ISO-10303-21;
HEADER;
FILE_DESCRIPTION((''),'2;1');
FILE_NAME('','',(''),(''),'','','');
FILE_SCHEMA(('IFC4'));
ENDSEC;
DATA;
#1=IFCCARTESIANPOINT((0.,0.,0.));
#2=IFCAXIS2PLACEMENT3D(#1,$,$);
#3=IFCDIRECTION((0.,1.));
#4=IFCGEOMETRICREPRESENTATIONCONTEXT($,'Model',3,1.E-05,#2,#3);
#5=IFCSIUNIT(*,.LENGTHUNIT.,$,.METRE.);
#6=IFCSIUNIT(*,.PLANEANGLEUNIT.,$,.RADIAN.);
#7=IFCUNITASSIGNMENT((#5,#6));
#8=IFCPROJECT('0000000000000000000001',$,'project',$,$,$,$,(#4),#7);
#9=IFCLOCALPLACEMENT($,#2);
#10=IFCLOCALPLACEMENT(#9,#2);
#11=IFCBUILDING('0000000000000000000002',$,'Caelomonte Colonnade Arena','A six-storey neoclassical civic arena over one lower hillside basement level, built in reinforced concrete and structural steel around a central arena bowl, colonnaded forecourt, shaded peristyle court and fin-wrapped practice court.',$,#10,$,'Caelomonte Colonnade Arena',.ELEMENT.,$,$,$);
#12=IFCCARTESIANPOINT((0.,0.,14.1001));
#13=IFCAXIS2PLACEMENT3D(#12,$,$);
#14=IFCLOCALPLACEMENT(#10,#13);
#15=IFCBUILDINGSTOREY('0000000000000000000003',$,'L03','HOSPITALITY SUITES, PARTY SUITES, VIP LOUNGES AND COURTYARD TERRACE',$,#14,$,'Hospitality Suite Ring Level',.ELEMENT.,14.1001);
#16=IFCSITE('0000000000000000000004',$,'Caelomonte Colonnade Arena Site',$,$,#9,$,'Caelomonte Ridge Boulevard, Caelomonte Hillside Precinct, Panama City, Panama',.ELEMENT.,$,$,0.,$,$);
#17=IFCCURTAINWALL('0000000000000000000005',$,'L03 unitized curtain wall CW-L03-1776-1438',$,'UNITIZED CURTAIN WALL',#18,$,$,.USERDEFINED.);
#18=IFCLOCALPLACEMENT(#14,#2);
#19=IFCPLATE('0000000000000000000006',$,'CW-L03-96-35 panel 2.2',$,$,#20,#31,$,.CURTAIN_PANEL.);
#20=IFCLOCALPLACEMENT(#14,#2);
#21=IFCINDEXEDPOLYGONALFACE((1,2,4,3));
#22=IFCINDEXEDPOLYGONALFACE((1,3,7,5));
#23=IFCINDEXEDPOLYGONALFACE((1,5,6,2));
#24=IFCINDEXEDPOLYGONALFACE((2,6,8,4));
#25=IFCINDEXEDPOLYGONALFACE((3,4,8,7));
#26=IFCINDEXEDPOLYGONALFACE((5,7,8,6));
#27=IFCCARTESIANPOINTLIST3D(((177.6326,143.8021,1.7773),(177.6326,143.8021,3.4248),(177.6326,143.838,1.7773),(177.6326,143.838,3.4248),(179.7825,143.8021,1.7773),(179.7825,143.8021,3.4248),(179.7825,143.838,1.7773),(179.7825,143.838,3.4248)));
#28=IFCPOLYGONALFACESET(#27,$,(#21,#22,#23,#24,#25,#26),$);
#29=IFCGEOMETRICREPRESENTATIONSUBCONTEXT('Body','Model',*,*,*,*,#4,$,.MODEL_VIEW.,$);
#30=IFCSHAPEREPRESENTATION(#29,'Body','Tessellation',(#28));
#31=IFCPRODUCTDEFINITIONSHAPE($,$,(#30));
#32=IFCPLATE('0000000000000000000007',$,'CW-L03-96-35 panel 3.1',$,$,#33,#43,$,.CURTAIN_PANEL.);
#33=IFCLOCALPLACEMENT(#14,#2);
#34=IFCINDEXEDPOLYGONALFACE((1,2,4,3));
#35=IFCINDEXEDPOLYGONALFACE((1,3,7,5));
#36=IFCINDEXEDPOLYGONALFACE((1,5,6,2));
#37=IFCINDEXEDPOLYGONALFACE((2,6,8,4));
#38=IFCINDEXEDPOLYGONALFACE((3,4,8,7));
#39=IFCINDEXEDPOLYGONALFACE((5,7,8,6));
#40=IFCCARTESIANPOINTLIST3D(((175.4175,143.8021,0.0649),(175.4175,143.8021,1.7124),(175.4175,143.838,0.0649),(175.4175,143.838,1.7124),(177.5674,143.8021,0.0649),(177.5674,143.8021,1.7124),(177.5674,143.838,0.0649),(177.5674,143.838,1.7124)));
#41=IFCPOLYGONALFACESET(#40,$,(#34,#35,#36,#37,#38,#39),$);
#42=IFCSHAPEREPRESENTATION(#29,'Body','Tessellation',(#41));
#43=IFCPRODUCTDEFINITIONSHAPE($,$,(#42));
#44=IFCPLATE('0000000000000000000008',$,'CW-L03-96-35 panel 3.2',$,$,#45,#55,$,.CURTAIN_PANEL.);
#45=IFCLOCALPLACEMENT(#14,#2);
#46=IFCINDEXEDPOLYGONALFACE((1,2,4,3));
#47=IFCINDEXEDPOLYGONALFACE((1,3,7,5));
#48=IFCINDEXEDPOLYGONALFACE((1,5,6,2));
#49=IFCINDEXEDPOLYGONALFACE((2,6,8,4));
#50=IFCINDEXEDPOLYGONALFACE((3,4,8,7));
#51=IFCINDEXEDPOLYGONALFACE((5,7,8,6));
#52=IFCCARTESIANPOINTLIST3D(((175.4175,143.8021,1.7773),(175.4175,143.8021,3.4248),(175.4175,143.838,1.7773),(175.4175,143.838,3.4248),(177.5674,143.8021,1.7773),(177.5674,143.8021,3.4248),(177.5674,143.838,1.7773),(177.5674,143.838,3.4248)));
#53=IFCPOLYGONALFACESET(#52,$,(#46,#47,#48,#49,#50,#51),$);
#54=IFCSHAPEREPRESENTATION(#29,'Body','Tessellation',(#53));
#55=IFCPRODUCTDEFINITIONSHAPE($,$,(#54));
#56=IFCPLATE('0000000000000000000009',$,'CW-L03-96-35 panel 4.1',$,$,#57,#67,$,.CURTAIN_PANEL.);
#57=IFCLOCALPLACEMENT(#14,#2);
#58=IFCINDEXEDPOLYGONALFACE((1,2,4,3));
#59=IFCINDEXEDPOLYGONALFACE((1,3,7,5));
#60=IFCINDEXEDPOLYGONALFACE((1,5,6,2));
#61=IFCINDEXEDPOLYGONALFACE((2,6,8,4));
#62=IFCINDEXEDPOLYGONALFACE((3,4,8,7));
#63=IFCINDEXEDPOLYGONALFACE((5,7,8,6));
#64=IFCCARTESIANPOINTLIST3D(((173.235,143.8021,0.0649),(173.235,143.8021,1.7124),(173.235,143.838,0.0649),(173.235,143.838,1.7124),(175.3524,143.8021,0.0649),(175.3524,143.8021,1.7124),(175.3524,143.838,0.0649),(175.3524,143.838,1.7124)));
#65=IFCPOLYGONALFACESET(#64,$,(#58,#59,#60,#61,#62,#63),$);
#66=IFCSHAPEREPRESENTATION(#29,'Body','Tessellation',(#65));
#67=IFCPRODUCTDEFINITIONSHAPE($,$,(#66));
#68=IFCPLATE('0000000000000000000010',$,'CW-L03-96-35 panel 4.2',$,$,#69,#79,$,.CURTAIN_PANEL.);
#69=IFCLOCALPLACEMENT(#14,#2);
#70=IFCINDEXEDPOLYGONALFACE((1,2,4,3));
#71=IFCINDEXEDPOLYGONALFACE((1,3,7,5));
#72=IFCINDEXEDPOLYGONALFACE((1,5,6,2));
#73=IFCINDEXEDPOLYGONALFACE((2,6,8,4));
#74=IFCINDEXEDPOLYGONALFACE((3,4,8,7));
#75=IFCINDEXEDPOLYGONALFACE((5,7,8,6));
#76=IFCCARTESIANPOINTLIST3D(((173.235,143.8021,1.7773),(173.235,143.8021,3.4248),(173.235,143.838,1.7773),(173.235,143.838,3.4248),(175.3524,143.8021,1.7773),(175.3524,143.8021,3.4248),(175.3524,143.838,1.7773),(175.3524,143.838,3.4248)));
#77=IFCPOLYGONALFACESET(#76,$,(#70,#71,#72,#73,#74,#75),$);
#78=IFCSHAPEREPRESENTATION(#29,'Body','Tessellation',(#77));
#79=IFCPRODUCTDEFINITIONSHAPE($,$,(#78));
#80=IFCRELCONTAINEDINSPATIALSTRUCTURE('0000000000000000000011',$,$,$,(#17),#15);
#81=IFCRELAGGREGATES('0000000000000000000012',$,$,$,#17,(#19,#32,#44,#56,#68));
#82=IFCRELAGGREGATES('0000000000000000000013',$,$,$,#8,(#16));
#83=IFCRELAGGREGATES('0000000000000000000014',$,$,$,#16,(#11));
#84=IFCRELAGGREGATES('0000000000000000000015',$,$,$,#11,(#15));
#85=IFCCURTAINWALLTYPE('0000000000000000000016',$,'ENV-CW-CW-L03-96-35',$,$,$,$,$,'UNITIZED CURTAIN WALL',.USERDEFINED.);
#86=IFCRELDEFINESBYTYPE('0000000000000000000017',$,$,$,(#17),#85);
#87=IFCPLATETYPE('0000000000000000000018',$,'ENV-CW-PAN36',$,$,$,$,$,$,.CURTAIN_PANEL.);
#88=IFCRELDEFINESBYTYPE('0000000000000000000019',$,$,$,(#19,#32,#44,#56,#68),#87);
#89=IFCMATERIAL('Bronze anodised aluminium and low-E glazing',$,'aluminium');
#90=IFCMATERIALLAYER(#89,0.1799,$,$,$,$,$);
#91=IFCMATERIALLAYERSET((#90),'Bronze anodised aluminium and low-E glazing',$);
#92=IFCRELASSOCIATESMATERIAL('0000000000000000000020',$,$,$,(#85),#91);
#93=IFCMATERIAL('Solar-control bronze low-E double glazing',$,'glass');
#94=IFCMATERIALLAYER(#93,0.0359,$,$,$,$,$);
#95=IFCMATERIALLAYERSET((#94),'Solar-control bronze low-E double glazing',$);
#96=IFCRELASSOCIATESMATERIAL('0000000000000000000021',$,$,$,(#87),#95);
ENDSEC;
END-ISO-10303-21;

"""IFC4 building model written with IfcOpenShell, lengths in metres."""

from ifc_helpers import new_model, si_unit, direction, frame, origin, origin_2d, place, context, subcontext, project, spatial, rectangle, extrude, material, layer, layer_set, type_object, element, aggregate, save


model = new_model("IFC4")

# Units and contexts
model_context = context("Model", 3, precision=1e-05, world=origin(), true_north=direction((0.0, 1.0)))
body_context = subcontext(model_context, "Body", "Model", "MODEL_VIEW")
ifc_project = project(units=[si_unit("LENGTHUNIT", "METRE"), si_unit("PLANEANGLEUNIT", "RADIAN")], contexts=[model_context])

# Site, building, storey
site_placement = place(None, origin())
site = spatial("IfcSite", under=ifc_project, at=site_placement, Name="Caelomonte Colonnade Arena Site", LongName="Caelomonte Ridge Boulevard, Caelomonte Hillside Precinct, Panama City, Panama", CompositionType="ELEMENT", RefElevation=0.0)
building_placement = place(site_placement, origin())
building = spatial("IfcBuilding", under=site, at=building_placement, Name="Caelomonte Colonnade Arena", Description="A six-storey neoclassical civic arena over one lower hillside basement level, built in reinforced concrete and structural steel around a central arena bowl, colonnaded forecourt, shaded peristyle court and fin-wrapped practice court.", LongName="Caelomonte Colonnade Arena", CompositionType="ELEMENT")
storey_placement = place(building_placement, frame((0.0, 0.0, 14.1001)))
storey = spatial("IfcBuildingStorey", under=building, at=storey_placement, Name="L03", Description="HOSPITALITY SUITES, PARTY SUITES, VIP LOUNGES AND COURTYARD TERRACE", LongName="Hospitality Suite Ring Level", CompositionType="ELEMENT", Elevation=14.1001)

# Curtain wall
ifc_material_1 = material(Name="Bronze anodised aluminium and low-E glazing", Category="aluminium")
ifc_layer_1 = layer(ifc_material_1, 0.1799)
ifc_layer_set_1 = layer_set([ifc_layer_1], Name="Bronze anodised aluminium and low-E glazing")
curtain_wall_type = type_object("IfcCurtainWallType", Name="ENV-CW-CW-L03-96-35", ElementType="UNITIZED CURTAIN WALL", PredefinedType="USERDEFINED", material=ifc_layer_set_1)
curtain_wall_1_placement = place(storey_placement, origin())
curtain_wall_1 = element("IfcCurtainWall", 1, at=curtain_wall_1_placement, inside=storey, type_object=curtain_wall_type, Name="L03 unitized curtain wall CW-L03-1776-1438", ObjectType="UNITIZED CURTAIN WALL", PredefinedType="USERDEFINED")

# Plates
ifc_material_2 = material(Name="Solar-control bronze low-E double glazing", Category="glass")
ifc_layer_2 = layer(ifc_material_2, 0.0359)
ifc_layer_set_2 = layer_set([ifc_layer_2], Name="Solar-control bronze low-E double glazing")
plate_type = type_object("IfcPlateType", Name="ENV-CW-PAN36", PredefinedType="CURTAIN_PANEL", material=ifc_layer_set_2)
plate_1_placement = place(storey_placement, frame((178.7075, 143.8201, 1.7773), z_axis=(0.0, 0.0, 1.0), x_axis=(-1.0, 0.0, 0.0)))
plate_1 = element("IfcPlate", 2, at=plate_1_placement, type_object=plate_type, Name="CW-L03-96-35 panel 2.2", PredefinedType="CURTAIN_PANEL", context=body_context, shape_type="SweptSolid", body=[
    extrude(rectangle(XDim=2.1499, YDim=0.0359, at=origin_2d()), origin(), (0.0, 0.0, 1.0), 1.6475),
])
plate_2_placement = place(storey_placement, frame((176.4924, 143.8201, 0.0649), z_axis=(0.0, 0.0, 1.0), x_axis=(-1.0, 0.0, 0.0)))
plate_2 = element("IfcPlate", 3, at=plate_2_placement, type_object=plate_type, Name="CW-L03-96-35 panel 3.1", PredefinedType="CURTAIN_PANEL", context=body_context, shape_type="SweptSolid", body=[
    extrude(rectangle(XDim=2.1499, YDim=0.0359, at=origin_2d()), origin(), (0.0, 0.0, 1.0), 1.6475),
])
plate_3_placement = place(storey_placement, frame((176.4924, 143.8201, 1.7773), z_axis=(0.0, 0.0, 1.0), x_axis=(-1.0, 0.0, 0.0)))
plate_3 = element("IfcPlate", 4, at=plate_3_placement, type_object=plate_type, Name="CW-L03-96-35 panel 3.2", PredefinedType="CURTAIN_PANEL", context=body_context, shape_type="SweptSolid", body=[
    extrude(rectangle(XDim=2.1499, YDim=0.0359, at=origin_2d()), origin(), (0.0, 0.0, 1.0), 1.6475),
])
plate_4_placement = place(storey_placement, frame((174.2937, 143.8201, 0.0649), z_axis=(0.0, 0.0, 1.0), x_axis=(-1.0, 0.0, 0.0)))
plate_4 = element("IfcPlate", 5, at=plate_4_placement, type_object=plate_type, Name="CW-L03-96-35 panel 4.1", PredefinedType="CURTAIN_PANEL", context=body_context, shape_type="SweptSolid", body=[
    extrude(rectangle(XDim=2.1174, YDim=0.0359, at=origin_2d()), origin(), (0.0, 0.0, 1.0), 1.6475),
])
plate_5_placement = place(storey_placement, frame((174.2937, 143.8201, 1.7773), z_axis=(0.0, 0.0, 1.0), x_axis=(-1.0, 0.0, 0.0)))
plate_5 = element("IfcPlate", 6, at=plate_5_placement, type_object=plate_type, Name="CW-L03-96-35 panel 4.2", PredefinedType="CURTAIN_PANEL", context=body_context, shape_type="SweptSolid", body=[
    extrude(rectangle(XDim=2.1174, YDim=0.0359, at=origin_2d()), origin(), (0.0, 0.0, 1.0), 1.6475),
])
aggregate(curtain_wall_1, [plate_1, plate_2, plate_3, plate_4, plate_5])

save(model, "model.ifc")
